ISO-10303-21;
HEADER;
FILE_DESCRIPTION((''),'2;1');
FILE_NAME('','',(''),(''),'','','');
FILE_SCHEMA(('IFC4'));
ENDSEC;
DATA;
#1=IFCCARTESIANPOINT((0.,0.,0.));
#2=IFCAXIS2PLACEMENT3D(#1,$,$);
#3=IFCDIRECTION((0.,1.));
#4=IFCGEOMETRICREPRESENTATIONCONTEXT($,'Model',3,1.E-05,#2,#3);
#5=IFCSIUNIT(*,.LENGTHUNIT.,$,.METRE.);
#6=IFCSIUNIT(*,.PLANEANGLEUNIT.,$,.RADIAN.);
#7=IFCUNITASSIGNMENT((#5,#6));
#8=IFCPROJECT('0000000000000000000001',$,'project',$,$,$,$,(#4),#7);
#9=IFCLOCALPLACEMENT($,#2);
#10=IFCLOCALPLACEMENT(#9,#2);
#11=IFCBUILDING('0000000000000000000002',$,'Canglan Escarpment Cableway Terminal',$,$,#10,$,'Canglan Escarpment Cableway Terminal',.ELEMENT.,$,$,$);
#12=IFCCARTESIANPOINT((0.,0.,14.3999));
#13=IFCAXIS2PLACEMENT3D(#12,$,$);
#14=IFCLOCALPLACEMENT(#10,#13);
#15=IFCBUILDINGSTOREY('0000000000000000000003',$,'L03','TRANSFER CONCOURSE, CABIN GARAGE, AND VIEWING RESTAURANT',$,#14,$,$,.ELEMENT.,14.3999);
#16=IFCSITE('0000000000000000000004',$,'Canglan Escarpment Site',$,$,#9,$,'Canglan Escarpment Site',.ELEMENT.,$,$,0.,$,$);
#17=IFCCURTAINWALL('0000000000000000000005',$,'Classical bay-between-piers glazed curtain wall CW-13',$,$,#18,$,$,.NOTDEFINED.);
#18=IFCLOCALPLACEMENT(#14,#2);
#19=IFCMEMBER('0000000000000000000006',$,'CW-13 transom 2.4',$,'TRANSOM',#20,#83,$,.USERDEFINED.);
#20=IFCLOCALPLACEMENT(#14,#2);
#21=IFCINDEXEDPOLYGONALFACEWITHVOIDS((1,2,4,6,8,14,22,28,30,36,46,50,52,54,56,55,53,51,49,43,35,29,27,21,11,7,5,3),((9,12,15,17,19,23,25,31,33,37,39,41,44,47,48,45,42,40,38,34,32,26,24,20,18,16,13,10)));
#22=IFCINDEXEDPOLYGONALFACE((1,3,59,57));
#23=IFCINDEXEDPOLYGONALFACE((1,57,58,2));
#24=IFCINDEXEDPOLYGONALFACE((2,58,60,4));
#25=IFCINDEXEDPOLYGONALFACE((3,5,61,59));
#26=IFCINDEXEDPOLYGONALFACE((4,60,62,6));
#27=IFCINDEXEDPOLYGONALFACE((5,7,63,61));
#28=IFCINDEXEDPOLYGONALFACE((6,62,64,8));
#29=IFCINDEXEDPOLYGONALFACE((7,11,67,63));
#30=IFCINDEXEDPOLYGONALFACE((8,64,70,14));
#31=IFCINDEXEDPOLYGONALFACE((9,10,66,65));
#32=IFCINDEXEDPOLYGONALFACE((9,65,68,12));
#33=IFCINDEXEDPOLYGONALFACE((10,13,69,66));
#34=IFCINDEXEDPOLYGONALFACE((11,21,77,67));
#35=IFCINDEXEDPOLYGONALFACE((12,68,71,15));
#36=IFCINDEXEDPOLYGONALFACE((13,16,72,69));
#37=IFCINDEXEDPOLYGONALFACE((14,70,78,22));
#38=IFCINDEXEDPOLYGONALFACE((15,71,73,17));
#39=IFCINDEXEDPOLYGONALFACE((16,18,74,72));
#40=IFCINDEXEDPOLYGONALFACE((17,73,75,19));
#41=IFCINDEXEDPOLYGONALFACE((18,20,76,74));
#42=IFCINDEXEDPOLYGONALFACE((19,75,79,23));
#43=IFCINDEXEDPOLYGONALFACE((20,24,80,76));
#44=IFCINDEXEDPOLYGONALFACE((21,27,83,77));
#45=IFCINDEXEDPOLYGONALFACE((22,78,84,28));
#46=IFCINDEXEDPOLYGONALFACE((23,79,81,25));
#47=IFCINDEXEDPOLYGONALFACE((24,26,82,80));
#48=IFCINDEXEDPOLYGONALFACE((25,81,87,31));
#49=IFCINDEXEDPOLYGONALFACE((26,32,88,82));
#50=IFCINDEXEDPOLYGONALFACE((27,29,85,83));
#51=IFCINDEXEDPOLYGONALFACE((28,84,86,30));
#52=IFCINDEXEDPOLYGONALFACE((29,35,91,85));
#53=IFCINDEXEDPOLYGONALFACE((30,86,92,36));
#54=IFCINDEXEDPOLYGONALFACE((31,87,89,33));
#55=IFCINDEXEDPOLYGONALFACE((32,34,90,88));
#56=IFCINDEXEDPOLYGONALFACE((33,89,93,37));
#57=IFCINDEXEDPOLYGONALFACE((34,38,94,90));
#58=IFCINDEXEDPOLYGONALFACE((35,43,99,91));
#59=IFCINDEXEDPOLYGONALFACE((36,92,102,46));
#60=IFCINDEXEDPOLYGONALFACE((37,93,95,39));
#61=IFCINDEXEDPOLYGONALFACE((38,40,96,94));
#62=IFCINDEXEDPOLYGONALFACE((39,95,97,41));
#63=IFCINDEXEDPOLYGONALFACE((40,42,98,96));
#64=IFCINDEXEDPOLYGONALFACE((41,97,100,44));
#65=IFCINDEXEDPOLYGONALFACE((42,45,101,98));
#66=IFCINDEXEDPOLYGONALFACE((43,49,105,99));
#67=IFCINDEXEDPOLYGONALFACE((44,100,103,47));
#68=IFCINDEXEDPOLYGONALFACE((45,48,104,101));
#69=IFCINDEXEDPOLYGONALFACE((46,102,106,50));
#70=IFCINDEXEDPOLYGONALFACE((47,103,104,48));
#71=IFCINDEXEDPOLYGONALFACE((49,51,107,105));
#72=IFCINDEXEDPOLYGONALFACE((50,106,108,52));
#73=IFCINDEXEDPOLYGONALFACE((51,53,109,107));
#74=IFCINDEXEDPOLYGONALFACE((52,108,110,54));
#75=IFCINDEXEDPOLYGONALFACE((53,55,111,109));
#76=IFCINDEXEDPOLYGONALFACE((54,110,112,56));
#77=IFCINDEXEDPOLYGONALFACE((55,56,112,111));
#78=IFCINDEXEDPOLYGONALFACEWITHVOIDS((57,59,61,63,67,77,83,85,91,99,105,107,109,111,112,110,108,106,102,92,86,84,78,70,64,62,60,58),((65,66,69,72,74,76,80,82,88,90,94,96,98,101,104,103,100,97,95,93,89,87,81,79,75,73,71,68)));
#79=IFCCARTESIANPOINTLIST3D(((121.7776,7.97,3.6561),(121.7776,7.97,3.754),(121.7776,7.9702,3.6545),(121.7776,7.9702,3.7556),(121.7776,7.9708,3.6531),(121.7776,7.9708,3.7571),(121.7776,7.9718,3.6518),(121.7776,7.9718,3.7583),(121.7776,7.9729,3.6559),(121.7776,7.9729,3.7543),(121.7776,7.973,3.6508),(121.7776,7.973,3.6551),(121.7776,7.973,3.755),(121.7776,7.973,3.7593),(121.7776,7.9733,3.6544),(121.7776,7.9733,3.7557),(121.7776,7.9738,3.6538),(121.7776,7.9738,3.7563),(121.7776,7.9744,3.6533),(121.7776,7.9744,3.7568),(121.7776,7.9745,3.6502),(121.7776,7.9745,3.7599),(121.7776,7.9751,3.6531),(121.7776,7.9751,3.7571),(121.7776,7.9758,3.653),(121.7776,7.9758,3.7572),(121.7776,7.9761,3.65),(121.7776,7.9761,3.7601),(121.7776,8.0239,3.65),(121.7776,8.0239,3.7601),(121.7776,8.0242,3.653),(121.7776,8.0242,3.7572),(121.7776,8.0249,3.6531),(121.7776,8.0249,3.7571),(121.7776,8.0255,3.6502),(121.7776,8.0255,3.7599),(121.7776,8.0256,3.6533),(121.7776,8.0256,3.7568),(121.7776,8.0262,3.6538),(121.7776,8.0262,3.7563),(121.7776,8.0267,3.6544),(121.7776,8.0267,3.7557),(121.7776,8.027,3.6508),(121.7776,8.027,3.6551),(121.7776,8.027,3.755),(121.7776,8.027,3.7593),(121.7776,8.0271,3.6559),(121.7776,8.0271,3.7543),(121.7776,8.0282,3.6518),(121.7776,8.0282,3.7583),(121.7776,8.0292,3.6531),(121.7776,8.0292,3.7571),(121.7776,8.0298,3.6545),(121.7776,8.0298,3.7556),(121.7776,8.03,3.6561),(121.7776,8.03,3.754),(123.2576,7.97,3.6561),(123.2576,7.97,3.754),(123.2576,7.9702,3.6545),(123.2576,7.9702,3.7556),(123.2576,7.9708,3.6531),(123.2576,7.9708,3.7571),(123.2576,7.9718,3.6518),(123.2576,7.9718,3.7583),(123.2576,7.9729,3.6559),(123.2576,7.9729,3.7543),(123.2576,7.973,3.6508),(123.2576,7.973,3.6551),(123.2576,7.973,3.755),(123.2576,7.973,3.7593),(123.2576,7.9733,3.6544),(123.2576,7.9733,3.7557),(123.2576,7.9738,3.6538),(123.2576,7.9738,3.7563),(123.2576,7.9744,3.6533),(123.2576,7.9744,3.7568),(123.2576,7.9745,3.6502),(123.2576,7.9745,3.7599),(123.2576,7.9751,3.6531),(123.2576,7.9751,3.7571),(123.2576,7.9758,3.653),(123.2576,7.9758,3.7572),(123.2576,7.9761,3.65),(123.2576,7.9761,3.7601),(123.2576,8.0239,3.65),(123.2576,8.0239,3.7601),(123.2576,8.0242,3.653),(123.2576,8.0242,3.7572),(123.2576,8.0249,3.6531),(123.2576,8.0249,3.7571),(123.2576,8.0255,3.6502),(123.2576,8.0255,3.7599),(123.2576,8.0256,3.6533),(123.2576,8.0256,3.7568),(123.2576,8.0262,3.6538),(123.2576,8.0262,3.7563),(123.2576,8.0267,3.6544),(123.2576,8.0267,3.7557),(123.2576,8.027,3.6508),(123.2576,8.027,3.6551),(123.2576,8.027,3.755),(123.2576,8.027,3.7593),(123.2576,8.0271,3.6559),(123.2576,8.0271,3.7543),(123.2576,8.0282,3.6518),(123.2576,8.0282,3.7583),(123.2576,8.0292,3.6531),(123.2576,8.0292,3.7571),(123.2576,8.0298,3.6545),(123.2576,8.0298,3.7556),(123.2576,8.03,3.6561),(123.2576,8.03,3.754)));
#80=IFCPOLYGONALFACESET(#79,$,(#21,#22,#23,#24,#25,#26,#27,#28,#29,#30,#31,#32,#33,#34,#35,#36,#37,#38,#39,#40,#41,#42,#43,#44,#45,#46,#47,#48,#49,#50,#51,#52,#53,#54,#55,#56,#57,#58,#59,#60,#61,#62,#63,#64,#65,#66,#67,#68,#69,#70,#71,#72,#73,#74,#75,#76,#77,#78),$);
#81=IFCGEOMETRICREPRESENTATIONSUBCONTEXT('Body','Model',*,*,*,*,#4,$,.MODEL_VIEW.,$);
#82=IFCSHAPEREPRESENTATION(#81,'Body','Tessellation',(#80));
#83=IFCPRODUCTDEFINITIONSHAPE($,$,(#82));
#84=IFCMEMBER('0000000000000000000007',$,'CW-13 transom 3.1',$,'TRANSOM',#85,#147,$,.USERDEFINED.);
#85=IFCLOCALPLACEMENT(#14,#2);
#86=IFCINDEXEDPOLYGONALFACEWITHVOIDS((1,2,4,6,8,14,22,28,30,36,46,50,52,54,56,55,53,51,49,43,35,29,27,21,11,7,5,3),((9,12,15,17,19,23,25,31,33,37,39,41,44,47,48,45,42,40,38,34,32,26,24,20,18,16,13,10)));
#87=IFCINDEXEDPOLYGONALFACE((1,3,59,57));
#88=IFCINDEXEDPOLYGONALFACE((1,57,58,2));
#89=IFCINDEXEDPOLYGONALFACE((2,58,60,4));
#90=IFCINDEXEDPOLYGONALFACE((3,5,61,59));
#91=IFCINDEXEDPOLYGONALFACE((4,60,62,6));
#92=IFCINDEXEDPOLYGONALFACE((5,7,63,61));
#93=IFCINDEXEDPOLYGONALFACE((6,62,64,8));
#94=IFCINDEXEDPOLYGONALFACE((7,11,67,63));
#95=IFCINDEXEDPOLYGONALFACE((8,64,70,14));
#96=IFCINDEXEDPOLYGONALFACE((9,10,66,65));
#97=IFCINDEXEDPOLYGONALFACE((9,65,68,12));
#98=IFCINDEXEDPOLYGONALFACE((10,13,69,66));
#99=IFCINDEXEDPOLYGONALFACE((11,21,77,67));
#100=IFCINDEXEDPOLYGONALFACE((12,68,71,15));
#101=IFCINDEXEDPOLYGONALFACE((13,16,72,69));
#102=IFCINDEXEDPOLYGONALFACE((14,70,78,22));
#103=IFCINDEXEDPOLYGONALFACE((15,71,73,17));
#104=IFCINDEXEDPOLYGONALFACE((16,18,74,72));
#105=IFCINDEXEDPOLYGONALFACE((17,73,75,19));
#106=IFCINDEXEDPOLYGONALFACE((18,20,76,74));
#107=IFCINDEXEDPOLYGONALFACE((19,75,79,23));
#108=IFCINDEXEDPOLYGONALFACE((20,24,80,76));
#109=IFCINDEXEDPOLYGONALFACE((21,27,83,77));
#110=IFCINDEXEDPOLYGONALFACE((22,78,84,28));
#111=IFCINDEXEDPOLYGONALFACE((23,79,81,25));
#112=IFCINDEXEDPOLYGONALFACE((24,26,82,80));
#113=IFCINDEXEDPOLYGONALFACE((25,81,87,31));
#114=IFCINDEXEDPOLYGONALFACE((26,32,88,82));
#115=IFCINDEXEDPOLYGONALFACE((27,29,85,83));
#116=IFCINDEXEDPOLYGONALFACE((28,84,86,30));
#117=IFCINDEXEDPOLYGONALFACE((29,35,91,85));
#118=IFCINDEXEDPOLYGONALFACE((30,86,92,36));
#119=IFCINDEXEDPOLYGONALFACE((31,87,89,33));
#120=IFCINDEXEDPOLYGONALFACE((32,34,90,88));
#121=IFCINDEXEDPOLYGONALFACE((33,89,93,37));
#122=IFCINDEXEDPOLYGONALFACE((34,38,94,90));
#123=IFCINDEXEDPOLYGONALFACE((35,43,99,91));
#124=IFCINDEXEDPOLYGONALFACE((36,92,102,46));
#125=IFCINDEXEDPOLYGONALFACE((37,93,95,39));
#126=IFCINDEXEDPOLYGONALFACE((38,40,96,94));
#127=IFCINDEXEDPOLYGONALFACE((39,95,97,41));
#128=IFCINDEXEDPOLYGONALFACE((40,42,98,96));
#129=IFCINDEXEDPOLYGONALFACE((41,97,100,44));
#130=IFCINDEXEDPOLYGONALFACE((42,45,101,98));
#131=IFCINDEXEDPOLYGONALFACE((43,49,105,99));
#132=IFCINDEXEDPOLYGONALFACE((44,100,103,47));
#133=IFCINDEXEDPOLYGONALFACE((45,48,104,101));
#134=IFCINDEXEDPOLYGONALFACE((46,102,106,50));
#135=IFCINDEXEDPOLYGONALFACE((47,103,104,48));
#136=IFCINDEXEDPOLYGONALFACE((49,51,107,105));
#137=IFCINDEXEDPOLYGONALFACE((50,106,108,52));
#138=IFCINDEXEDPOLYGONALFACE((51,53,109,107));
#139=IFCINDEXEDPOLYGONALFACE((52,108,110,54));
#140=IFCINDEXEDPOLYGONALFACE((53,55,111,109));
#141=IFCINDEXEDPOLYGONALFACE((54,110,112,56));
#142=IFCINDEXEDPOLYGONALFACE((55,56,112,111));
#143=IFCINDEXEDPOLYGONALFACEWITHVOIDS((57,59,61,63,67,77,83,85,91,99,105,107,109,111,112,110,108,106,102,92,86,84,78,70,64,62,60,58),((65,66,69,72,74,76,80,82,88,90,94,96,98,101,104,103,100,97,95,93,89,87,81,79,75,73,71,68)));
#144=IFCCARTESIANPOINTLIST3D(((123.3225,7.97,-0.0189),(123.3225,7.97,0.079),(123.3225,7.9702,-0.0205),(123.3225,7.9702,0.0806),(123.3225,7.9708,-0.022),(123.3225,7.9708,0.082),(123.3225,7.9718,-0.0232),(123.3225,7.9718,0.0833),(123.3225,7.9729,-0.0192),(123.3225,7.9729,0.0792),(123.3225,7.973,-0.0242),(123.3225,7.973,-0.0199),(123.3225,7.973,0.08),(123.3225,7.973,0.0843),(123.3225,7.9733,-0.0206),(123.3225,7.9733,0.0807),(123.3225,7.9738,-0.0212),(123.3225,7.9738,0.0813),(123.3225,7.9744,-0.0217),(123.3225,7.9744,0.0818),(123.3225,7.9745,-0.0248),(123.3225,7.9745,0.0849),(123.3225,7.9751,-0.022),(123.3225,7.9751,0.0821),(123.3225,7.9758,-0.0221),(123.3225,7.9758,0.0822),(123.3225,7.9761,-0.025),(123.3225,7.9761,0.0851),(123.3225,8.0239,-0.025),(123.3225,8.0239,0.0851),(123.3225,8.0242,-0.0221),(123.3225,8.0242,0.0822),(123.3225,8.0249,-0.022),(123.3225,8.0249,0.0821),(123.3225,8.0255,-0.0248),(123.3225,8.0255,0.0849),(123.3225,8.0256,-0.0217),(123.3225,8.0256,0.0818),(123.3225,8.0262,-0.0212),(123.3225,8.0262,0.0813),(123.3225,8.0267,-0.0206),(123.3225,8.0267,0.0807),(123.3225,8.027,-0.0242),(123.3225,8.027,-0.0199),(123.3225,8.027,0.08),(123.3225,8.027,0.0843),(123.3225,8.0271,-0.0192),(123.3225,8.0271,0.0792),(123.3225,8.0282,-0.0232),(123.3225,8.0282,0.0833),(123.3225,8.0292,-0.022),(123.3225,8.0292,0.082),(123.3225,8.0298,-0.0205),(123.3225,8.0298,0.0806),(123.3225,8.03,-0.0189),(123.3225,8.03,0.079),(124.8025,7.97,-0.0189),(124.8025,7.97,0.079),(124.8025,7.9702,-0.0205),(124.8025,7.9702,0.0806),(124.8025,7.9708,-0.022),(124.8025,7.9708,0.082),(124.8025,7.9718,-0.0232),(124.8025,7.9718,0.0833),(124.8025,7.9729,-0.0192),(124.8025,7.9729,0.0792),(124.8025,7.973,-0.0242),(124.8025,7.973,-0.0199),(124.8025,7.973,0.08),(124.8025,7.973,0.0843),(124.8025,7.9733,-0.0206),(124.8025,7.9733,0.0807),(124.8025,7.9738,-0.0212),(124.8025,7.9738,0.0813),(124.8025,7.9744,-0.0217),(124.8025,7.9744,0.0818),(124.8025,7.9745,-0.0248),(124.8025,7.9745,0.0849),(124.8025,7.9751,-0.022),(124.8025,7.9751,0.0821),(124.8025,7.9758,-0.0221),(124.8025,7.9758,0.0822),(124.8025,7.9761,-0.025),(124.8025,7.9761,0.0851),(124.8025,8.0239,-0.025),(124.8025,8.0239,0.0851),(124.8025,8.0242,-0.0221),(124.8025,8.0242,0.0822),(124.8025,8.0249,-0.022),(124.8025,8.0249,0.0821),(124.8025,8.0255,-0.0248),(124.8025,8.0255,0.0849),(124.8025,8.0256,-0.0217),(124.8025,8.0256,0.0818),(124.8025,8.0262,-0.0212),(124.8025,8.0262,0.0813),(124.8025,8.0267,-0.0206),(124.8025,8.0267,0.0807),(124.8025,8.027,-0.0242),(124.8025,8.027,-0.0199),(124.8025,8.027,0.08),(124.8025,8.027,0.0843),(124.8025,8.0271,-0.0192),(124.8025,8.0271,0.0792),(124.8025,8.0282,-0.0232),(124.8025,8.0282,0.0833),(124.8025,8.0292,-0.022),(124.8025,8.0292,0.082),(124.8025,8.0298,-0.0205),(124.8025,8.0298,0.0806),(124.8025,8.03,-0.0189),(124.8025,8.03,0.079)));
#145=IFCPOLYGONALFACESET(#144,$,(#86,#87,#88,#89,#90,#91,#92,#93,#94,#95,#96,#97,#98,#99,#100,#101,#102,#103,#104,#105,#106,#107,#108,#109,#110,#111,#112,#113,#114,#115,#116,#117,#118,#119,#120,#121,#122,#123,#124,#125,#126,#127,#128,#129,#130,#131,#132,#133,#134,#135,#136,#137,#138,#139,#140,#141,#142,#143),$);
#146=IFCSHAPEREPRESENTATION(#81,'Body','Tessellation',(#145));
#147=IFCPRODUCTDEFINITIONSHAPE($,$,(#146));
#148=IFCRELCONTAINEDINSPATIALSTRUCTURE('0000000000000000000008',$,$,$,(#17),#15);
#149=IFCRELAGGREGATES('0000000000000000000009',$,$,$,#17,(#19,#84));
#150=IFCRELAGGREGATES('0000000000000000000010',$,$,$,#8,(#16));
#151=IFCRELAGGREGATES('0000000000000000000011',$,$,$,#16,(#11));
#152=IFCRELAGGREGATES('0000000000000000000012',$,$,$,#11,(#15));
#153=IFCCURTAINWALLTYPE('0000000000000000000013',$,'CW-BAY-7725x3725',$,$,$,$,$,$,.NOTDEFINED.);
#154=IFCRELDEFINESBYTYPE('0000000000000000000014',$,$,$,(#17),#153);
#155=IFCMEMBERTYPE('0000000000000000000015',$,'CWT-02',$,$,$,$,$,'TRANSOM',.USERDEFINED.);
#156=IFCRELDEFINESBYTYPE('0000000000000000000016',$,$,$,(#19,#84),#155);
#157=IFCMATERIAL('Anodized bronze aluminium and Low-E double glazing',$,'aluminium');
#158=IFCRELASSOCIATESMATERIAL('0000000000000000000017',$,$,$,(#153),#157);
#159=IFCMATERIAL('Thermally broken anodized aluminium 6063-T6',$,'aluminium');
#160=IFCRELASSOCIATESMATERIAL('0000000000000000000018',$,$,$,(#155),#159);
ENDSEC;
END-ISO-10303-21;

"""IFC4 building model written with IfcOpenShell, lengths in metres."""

from ifc_helpers import new_model, si_unit, direction, frame, origin, origin_2d, place, context, subcontext, project, spatial, hollow_rectangle, extrude, material, material_profile, profile_set, type_object, element, aggregate, save


model = new_model("IFC4")

# Units and contexts
model_context = context("Model", 3, precision=1e-05, world=origin(), true_north=direction((0.0, 1.0)))
body_context = subcontext(model_context, "Body", "Model", "MODEL_VIEW")
ifc_project = project(units=[si_unit("LENGTHUNIT", "METRE"), si_unit("PLANEANGLEUNIT", "RADIAN")], contexts=[model_context])

# Site, building, storey
site_placement = place(None, origin())
site = spatial("IfcSite", under=ifc_project, at=site_placement, Name="Canglan Escarpment Site", LongName="Canglan Escarpment Site", CompositionType="ELEMENT", RefElevation=0.0)
building_placement = place(site_placement, origin())
building = spatial("IfcBuilding", under=site, at=building_placement, Name="Canglan Escarpment Cableway Terminal", LongName="Canglan Escarpment Cableway Terminal", CompositionType="ELEMENT")
storey_placement = place(building_placement, frame((0.0, 0.0, 14.3999)))
storey = spatial("IfcBuildingStorey", under=building, at=storey_placement, Name="L03", Description="TRANSFER CONCOURSE, CABIN GARAGE, AND VIEWING RESTAURANT", CompositionType="ELEMENT", Elevation=14.3999)

# Curtain wall, members
ifc_material_1 = material(Name="Anodized bronze aluminium and Low-E double glazing", Category="aluminium")
curtain_wall_type = type_object("IfcCurtainWallType", Name="CW-BAY-7725x3725", PredefinedType="NOTDEFINED", material=ifc_material_1)
curtain_wall_placement = place(storey_placement, origin())
curtain_wall = element("IfcCurtainWall", 1, at=curtain_wall_placement, inside=storey, type_object=curtain_wall_type, Name="Classical bay-between-piers glazed curtain wall CW-13", PredefinedType="NOTDEFINED")
ifc_material_2 = material(Name="Thermally broken anodized aluminium 6063-T6", Category="aluminium")
ifc_material_profile_1 = material_profile(ifc_material_2, hollow_rectangle(XDim=0.0601, YDim=0.1101, WallThickness=0.0029, InnerFilletRadius=0.0029, OuterFilletRadius=0.0061, at=origin_2d()), Name="ALU-TRAN 60x110x3")
ifc_profile_set_1 = profile_set([ifc_material_profile_1], Name="Thermally broken anodized aluminium 6063-T6")
member_type_1 = type_object("IfcMemberType", Name="CWT-02", ElementType="TRANSOM", PredefinedType="USERDEFINED", material=ifc_profile_set_1)
member_1_placement = place(storey_placement, frame((121.7776, 8.0, 3.7051), z_axis=(1.0, 0.0, 0.0), x_axis=(0.0, 1.0, 0.0)))
member_1 = element("IfcMember", 2, at=member_1_placement, type_object=member_type_1, Name="CW-13 transom 2.4", ObjectType="TRANSOM", PredefinedType="USERDEFINED", context=body_context, shape_type="SweptSolid", body=[
    extrude(hollow_rectangle(XDim=0.0601, YDim=0.1101, WallThickness=0.0029, InnerFilletRadius=0.0029, OuterFilletRadius=0.0061, at=origin_2d()), origin(), (0.0, 0.0, 1.0), 1.48),
])
member_2_placement = place(storey_placement, frame((123.3225, 8.0, 0.03), z_axis=(1.0, 0.0, 0.0), x_axis=(0.0, 1.0, 0.0)))
member_2 = element("IfcMember", 3, at=member_2_placement, type_object=member_type_1, Name="CW-13 transom 3.1", ObjectType="TRANSOM", PredefinedType="USERDEFINED", context=body_context, shape_type="SweptSolid", body=[
    extrude(hollow_rectangle(XDim=0.0601, YDim=0.1101, WallThickness=0.0029, InnerFilletRadius=0.0029, OuterFilletRadius=0.0061, at=origin_2d()), origin(), (0.0, 0.0, 1.0), 1.48),
])

aggregate(curtain_wall, [member_1, member_2])

save(model, "model.ifc")
